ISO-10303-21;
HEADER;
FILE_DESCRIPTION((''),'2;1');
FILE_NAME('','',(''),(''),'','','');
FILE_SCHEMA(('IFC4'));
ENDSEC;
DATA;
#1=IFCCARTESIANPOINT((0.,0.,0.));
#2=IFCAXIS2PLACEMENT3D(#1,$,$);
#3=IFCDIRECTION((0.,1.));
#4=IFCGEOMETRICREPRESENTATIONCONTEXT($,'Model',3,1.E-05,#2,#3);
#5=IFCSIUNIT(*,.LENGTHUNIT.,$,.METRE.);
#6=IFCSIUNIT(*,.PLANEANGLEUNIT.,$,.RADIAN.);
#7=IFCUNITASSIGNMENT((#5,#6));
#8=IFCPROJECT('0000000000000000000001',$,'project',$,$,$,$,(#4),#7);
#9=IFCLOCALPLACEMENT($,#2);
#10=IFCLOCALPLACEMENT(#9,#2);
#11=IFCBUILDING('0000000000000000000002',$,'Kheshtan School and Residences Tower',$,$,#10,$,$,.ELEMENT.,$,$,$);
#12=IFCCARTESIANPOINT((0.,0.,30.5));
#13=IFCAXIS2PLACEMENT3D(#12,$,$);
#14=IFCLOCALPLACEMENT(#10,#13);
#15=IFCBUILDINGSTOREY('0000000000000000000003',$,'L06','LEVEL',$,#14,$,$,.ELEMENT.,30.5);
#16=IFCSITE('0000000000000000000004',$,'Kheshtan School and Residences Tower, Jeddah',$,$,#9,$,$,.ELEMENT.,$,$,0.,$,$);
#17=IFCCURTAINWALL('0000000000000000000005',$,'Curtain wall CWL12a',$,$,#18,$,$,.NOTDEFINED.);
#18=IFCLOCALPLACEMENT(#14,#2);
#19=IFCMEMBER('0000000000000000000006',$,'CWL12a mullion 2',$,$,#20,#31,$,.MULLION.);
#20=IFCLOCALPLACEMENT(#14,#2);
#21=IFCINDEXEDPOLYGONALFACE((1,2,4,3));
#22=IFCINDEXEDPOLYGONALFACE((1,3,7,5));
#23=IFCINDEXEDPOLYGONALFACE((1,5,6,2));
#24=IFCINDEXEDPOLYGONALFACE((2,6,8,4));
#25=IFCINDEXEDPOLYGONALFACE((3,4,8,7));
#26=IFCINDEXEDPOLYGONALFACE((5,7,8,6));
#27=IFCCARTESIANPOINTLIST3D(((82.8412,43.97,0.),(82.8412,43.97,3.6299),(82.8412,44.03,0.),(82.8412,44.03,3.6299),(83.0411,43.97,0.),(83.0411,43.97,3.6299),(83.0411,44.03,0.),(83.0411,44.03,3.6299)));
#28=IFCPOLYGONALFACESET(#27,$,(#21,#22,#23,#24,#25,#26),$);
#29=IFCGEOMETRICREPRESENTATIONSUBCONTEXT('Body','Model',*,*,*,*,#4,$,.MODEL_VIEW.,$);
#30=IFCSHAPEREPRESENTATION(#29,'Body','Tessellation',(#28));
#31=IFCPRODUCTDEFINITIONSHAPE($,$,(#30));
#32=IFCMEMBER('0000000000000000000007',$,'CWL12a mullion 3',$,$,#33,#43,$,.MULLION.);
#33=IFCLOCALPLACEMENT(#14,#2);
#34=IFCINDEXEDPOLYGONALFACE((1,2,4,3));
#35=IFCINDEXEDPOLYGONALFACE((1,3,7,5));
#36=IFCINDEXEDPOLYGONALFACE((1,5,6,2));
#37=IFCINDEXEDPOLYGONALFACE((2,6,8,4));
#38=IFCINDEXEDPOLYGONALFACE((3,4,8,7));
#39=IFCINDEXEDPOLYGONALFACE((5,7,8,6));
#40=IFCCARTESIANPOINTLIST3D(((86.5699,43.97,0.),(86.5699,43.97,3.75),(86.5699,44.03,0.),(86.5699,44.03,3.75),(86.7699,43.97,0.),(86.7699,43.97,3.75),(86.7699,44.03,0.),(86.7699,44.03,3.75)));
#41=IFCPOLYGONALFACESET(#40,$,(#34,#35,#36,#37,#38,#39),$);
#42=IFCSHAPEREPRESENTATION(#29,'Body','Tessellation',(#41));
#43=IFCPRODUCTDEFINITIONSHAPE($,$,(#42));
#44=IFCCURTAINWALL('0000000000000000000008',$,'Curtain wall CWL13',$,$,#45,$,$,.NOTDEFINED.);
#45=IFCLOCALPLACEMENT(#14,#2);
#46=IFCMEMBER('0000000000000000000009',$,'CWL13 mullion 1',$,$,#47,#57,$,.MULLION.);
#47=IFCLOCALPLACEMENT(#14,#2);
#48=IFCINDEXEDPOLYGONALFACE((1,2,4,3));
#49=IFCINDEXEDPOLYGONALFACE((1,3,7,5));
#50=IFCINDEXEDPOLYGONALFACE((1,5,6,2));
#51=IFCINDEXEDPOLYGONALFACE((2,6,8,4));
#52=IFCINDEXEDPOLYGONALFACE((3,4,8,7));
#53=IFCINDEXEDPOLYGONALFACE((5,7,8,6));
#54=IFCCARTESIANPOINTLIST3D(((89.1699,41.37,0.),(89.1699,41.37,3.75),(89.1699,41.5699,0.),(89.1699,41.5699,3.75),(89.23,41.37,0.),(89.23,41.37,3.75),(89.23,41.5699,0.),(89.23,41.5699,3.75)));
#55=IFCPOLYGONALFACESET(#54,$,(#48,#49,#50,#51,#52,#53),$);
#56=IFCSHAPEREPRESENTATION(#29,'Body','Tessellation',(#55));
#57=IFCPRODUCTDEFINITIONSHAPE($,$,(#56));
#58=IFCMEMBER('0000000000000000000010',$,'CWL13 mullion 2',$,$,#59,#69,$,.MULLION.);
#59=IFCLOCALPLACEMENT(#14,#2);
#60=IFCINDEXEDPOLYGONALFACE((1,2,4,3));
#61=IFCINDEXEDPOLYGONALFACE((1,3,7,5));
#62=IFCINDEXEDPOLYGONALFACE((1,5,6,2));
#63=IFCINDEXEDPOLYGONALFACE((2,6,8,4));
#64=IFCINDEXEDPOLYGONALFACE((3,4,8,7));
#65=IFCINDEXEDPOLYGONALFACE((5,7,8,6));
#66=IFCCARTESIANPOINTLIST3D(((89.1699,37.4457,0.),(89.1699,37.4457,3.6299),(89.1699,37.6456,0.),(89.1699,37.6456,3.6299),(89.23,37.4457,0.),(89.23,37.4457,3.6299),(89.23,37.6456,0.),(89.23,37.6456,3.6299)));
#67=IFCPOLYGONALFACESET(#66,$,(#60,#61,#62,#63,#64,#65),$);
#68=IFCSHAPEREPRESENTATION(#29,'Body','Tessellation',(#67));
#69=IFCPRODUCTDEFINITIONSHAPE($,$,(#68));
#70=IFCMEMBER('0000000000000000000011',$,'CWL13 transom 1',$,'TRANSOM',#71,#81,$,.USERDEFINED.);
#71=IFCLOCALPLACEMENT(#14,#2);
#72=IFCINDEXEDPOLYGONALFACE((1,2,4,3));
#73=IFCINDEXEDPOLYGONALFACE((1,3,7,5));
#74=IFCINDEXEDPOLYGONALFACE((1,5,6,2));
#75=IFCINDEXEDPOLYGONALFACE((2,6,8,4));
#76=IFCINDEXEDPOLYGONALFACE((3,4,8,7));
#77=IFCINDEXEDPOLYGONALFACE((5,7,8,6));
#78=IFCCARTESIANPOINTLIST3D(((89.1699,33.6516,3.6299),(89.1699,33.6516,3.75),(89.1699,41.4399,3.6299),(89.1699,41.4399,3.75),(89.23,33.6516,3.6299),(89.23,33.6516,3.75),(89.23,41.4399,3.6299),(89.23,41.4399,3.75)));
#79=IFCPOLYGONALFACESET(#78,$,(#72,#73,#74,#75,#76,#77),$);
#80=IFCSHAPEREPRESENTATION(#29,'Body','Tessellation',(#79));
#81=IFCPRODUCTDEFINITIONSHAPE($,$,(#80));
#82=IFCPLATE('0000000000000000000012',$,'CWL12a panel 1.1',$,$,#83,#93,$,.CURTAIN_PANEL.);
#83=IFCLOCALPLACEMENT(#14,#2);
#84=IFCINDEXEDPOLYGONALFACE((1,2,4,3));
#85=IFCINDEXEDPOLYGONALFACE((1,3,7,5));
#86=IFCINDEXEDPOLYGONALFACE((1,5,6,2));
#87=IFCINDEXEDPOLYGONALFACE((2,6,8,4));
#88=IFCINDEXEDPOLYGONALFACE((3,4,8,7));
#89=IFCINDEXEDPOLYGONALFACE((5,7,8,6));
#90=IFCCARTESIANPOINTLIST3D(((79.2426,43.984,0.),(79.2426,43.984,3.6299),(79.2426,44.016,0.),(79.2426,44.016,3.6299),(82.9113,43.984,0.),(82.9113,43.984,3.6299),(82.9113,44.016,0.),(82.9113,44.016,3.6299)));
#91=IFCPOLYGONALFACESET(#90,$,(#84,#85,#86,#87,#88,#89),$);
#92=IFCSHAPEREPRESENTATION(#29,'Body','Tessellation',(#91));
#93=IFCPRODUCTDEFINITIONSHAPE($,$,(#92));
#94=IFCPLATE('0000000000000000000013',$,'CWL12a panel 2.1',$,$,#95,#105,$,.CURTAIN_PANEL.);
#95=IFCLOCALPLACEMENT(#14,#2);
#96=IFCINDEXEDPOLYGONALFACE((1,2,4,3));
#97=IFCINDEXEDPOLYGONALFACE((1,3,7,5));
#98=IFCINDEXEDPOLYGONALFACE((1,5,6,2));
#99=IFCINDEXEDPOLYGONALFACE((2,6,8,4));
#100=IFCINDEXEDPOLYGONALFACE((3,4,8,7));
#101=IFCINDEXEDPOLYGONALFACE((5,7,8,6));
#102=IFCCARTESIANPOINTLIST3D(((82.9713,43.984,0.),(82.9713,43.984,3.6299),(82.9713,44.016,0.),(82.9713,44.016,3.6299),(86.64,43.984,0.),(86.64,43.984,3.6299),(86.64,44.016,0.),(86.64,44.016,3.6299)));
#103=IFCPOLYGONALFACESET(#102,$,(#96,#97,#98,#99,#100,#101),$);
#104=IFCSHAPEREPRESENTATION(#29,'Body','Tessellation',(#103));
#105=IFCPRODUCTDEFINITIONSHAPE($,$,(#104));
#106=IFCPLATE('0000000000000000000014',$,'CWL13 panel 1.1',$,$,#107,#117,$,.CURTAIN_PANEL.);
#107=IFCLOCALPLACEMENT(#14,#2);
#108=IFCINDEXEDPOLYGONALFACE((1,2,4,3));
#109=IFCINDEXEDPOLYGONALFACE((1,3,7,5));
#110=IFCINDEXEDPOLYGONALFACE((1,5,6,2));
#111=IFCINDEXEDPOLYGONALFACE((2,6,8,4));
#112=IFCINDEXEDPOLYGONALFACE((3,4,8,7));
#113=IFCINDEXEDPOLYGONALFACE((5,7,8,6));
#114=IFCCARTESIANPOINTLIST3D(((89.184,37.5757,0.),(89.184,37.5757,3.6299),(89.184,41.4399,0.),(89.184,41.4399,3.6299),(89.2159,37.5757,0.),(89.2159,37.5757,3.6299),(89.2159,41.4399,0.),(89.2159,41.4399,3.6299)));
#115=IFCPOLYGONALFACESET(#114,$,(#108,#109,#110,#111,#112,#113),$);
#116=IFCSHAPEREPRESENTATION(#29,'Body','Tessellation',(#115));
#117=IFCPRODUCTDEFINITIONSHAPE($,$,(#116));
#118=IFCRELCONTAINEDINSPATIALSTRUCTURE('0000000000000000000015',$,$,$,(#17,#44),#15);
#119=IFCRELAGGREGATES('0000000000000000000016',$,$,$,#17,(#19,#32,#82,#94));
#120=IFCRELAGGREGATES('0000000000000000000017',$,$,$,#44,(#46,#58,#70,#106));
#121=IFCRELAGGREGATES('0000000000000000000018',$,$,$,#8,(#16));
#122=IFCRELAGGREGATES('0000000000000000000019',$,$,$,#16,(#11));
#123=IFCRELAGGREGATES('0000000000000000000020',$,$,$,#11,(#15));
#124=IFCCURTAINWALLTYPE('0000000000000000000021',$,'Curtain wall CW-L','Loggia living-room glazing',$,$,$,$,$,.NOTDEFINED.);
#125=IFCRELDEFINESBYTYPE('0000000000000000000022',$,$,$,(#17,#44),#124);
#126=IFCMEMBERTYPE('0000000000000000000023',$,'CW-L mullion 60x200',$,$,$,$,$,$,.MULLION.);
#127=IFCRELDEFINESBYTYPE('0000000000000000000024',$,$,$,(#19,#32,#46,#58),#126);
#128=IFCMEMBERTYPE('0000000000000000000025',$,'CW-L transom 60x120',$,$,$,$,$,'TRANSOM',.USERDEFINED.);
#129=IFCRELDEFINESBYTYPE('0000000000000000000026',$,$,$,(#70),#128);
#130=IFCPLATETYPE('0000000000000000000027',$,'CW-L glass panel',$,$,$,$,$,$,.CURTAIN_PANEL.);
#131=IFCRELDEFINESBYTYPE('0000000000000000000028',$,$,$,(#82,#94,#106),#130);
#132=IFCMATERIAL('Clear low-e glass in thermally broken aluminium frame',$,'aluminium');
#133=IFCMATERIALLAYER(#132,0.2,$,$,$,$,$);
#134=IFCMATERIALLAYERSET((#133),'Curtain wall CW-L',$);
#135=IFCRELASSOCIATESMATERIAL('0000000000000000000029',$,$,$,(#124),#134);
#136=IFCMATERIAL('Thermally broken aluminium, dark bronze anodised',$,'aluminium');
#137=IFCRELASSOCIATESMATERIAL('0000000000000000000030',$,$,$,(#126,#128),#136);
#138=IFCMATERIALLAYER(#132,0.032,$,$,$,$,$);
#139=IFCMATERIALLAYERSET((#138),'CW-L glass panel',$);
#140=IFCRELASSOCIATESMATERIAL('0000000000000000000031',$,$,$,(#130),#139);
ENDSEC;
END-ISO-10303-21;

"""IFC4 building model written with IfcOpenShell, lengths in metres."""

from ifc_helpers import new_model, si_unit, direction, frame, origin, origin_2d, place, context, subcontext, project, spatial, rectangle, extrude, material, layer, layer_set, material_profile, profile_set, type_object, element, aggregate, save


model = new_model("IFC4")

# Units and contexts
model_context = context("Model", 3, precision=1e-05, world=origin(), true_north=direction((0.0, 1.0)))
body_context = subcontext(model_context, "Body", "Model", "MODEL_VIEW")
ifc_project = project(units=[si_unit("LENGTHUNIT", "METRE"), si_unit("PLANEANGLEUNIT", "RADIAN")], contexts=[model_context])

# Site, building, storey
site_placement = place(None, origin())
site = spatial("IfcSite", under=ifc_project, at=site_placement, Name="Kheshtan School and Residences Tower, Jeddah", CompositionType="ELEMENT", RefElevation=0.0)
building_placement = place(site_placement, origin())
building = spatial("IfcBuilding", under=site, at=building_placement, Name="Kheshtan School and Residences Tower", CompositionType="ELEMENT")
storey_placement = place(building_placement, frame((0.0, 0.0, 30.5)))
storey = spatial("IfcBuildingStorey", under=building, at=storey_placement, Name="L06", Description="LEVEL", CompositionType="ELEMENT", Elevation=30.5)

# Curtain walls, members
ifc_material_1 = material(Name="Clear low-e glass in thermally broken aluminium frame", Category="aluminium")
ifc_layer_1 = layer(ifc_material_1, 0.2)
ifc_layer_set_1 = layer_set([ifc_layer_1], Name="Curtain wall CW-L")
curtain_wall_type = type_object("IfcCurtainWallType", Name="Curtain wall CW-L", Description="Loggia living-room glazing", PredefinedType="NOTDEFINED", material=ifc_layer_set_1)
curtain_wall_1_placement = place(storey_placement, origin())
curtain_wall_1 = element("IfcCurtainWall", 1, at=curtain_wall_1_placement, inside=storey, type_object=curtain_wall_type, Name="Curtain wall CWL12a", PredefinedType="NOTDEFINED")
ifc_material_2 = material(Name="Thermally broken aluminium, dark bronze anodised", Category="aluminium")
ifc_material_profile_1 = material_profile(ifc_material_2, rectangle(XDim=0.0601, YDim=0.2, at=origin_2d()), Name="CW-L mullion 60x200")
ifc_profile_set_1 = profile_set([ifc_material_profile_1], Name="Thermally broken aluminium, dark bronze anodised")
member_type_1 = type_object("IfcMemberType", Name="CW-L mullion 60x200", PredefinedType="MULLION", material=ifc_profile_set_1)
member_1_placement = place(storey_placement, frame((82.9412, 44.0, 0.0), z_axis=(0.0, 0.0, 1.0), x_axis=(0.0, 1.0, 0.0)))
member_1 = element("IfcMember", 2, at=member_1_placement, type_object=member_type_1, Name="CWL12a mullion 2", PredefinedType="MULLION", context=body_context, shape_type="SweptSolid", body=[
    extrude(rectangle(XDim=0.0601, YDim=0.2, at=origin_2d()), origin(), (0.0, 0.0, 1.0), 3.6299),
])
member_2_placement = place(storey_placement, frame((86.6699, 44.0, 0.0), z_axis=(0.0, 0.0, 1.0), x_axis=(0.0, 1.0, 0.0)))
member_2 = element("IfcMember", 3, at=member_2_placement, type_object=member_type_1, Name="CWL12a mullion 3", PredefinedType="MULLION", context=body_context, shape_type="SweptSolid", body=[
    extrude(rectangle(XDim=0.0601, YDim=0.2, at=origin_2d()), origin(), (0.0, 0.0, 1.0), 3.75),
])
curtain_wall_2_placement = place(storey_placement, origin())
curtain_wall_2 = element("IfcCurtainWall", 4, at=curtain_wall_2_placement, inside=storey, type_object=curtain_wall_type, Name="Curtain wall CWL13", PredefinedType="NOTDEFINED")
member_3_placement = place(storey_placement, frame((89.2, 41.47, 0.0), z_axis=(0.0, 0.0, 1.0), x_axis=(1.0, 0.0, 0.0)))
member_3 = element("IfcMember", 5, at=member_3_placement, type_object=member_type_1, Name="CWL13 mullion 1", PredefinedType="MULLION", context=body_context, shape_type="SweptSolid", body=[
    extrude(rectangle(XDim=0.0601, YDim=0.2, at=origin_2d()), origin(), (0.0, 0.0, 1.0), 3.75),
])
member_4_placement = place(storey_placement, frame((89.2, 37.5457, 0.0), z_axis=(0.0, 0.0, 1.0), x_axis=(1.0, 0.0, 0.0)))
member_4 = element("IfcMember", 6, at=member_4_placement, type_object=member_type_1, Name="CWL13 mullion 2", PredefinedType="MULLION", context=body_context, shape_type="SweptSolid", body=[
    extrude(rectangle(XDim=0.0601, YDim=0.2, at=origin_2d()), origin(), (0.0, 0.0, 1.0), 3.6299),
])
ifc_material_profile_2 = material_profile(ifc_material_2, rectangle(XDim=0.0601, YDim=0.1201, at=origin_2d()), Name="CW-L transom 60x120")
ifc_profile_set_2 = profile_set([ifc_material_profile_2], Name="Thermally broken aluminium, dark bronze anodised")
member_type_2 = type_object("IfcMemberType", Name="CW-L transom 60x120", ElementType="TRANSOM", PredefinedType="USERDEFINED", material=ifc_profile_set_2)
member_5_placement = place(storey_placement, frame((89.2, 41.4399, 3.6899), z_axis=(0.0, -1.0, 0.0), x_axis=(1.0, 0.0, 0.0)))
member_5 = element("IfcMember", 7, at=member_5_placement, type_object=member_type_2, Name="CWL13 transom 1", ObjectType="TRANSOM", PredefinedType="USERDEFINED", context=body_context, shape_type="SweptSolid", body=[
    extrude(rectangle(XDim=0.0601, YDim=0.1201, at=origin_2d()), origin(), (0.0, 0.0, 1.0), 7.7883),
])

# Plates
ifc_layer_2 = layer(ifc_material_1, 0.032)
ifc_layer_set_2 = layer_set([ifc_layer_2], Name="CW-L glass panel")
plate_type = type_object("IfcPlateType", Name="CW-L glass panel", PredefinedType="CURTAIN_PANEL", material=ifc_layer_set_2)
plate_1_placement = place(storey_placement, frame((81.0769, 44.0, 0.0), z_axis=(0.0, 0.0, 1.0), x_axis=(1.0, 0.0, 0.0)))
plate_1 = element("IfcPlate", 8, at=plate_1_placement, type_object=plate_type, Name="CWL12a panel 1.1", PredefinedType="CURTAIN_PANEL", context=body_context, shape_type="SweptSolid", body=[
    extrude(rectangle(XDim=3.6687, YDim=0.032, at=origin_2d()), origin(), (0.0, 0.0, 1.0), 3.6299),
])
plate_2_placement = place(storey_placement, frame((84.8057, 44.0, 0.0), z_axis=(0.0, 0.0, 1.0), x_axis=(1.0, 0.0, 0.0)))
plate_2 = element("IfcPlate", 9, at=plate_2_placement, type_object=plate_type, Name="CWL12a panel 2.1", PredefinedType="CURTAIN_PANEL", context=body_context, shape_type="SweptSolid", body=[
    extrude(rectangle(XDim=3.6687, YDim=0.032, at=origin_2d()), origin(), (0.0, 0.0, 1.0), 3.6299),
])
aggregate(curtain_wall_1, [member_1, member_2, plate_1, plate_2])
plate_3_placement = place(storey_placement, frame((89.2, 39.5078, 0.0), z_axis=(0.0, 0.0, 1.0), x_axis=(0.0, -1.0, 0.0)))
plate_3 = element("IfcPlate", 10, at=plate_3_placement, type_object=plate_type, Name="CWL13 panel 1.1", PredefinedType="CURTAIN_PANEL", context=body_context, shape_type="SweptSolid", body=[
    extrude(rectangle(XDim=3.8643, YDim=0.032, at=origin_2d()), origin(), (0.0, 0.0, 1.0), 3.6299),
])
aggregate(curtain_wall_2, [member_3, member_4, member_5, plate_3])

save(model, "model.ifc")
